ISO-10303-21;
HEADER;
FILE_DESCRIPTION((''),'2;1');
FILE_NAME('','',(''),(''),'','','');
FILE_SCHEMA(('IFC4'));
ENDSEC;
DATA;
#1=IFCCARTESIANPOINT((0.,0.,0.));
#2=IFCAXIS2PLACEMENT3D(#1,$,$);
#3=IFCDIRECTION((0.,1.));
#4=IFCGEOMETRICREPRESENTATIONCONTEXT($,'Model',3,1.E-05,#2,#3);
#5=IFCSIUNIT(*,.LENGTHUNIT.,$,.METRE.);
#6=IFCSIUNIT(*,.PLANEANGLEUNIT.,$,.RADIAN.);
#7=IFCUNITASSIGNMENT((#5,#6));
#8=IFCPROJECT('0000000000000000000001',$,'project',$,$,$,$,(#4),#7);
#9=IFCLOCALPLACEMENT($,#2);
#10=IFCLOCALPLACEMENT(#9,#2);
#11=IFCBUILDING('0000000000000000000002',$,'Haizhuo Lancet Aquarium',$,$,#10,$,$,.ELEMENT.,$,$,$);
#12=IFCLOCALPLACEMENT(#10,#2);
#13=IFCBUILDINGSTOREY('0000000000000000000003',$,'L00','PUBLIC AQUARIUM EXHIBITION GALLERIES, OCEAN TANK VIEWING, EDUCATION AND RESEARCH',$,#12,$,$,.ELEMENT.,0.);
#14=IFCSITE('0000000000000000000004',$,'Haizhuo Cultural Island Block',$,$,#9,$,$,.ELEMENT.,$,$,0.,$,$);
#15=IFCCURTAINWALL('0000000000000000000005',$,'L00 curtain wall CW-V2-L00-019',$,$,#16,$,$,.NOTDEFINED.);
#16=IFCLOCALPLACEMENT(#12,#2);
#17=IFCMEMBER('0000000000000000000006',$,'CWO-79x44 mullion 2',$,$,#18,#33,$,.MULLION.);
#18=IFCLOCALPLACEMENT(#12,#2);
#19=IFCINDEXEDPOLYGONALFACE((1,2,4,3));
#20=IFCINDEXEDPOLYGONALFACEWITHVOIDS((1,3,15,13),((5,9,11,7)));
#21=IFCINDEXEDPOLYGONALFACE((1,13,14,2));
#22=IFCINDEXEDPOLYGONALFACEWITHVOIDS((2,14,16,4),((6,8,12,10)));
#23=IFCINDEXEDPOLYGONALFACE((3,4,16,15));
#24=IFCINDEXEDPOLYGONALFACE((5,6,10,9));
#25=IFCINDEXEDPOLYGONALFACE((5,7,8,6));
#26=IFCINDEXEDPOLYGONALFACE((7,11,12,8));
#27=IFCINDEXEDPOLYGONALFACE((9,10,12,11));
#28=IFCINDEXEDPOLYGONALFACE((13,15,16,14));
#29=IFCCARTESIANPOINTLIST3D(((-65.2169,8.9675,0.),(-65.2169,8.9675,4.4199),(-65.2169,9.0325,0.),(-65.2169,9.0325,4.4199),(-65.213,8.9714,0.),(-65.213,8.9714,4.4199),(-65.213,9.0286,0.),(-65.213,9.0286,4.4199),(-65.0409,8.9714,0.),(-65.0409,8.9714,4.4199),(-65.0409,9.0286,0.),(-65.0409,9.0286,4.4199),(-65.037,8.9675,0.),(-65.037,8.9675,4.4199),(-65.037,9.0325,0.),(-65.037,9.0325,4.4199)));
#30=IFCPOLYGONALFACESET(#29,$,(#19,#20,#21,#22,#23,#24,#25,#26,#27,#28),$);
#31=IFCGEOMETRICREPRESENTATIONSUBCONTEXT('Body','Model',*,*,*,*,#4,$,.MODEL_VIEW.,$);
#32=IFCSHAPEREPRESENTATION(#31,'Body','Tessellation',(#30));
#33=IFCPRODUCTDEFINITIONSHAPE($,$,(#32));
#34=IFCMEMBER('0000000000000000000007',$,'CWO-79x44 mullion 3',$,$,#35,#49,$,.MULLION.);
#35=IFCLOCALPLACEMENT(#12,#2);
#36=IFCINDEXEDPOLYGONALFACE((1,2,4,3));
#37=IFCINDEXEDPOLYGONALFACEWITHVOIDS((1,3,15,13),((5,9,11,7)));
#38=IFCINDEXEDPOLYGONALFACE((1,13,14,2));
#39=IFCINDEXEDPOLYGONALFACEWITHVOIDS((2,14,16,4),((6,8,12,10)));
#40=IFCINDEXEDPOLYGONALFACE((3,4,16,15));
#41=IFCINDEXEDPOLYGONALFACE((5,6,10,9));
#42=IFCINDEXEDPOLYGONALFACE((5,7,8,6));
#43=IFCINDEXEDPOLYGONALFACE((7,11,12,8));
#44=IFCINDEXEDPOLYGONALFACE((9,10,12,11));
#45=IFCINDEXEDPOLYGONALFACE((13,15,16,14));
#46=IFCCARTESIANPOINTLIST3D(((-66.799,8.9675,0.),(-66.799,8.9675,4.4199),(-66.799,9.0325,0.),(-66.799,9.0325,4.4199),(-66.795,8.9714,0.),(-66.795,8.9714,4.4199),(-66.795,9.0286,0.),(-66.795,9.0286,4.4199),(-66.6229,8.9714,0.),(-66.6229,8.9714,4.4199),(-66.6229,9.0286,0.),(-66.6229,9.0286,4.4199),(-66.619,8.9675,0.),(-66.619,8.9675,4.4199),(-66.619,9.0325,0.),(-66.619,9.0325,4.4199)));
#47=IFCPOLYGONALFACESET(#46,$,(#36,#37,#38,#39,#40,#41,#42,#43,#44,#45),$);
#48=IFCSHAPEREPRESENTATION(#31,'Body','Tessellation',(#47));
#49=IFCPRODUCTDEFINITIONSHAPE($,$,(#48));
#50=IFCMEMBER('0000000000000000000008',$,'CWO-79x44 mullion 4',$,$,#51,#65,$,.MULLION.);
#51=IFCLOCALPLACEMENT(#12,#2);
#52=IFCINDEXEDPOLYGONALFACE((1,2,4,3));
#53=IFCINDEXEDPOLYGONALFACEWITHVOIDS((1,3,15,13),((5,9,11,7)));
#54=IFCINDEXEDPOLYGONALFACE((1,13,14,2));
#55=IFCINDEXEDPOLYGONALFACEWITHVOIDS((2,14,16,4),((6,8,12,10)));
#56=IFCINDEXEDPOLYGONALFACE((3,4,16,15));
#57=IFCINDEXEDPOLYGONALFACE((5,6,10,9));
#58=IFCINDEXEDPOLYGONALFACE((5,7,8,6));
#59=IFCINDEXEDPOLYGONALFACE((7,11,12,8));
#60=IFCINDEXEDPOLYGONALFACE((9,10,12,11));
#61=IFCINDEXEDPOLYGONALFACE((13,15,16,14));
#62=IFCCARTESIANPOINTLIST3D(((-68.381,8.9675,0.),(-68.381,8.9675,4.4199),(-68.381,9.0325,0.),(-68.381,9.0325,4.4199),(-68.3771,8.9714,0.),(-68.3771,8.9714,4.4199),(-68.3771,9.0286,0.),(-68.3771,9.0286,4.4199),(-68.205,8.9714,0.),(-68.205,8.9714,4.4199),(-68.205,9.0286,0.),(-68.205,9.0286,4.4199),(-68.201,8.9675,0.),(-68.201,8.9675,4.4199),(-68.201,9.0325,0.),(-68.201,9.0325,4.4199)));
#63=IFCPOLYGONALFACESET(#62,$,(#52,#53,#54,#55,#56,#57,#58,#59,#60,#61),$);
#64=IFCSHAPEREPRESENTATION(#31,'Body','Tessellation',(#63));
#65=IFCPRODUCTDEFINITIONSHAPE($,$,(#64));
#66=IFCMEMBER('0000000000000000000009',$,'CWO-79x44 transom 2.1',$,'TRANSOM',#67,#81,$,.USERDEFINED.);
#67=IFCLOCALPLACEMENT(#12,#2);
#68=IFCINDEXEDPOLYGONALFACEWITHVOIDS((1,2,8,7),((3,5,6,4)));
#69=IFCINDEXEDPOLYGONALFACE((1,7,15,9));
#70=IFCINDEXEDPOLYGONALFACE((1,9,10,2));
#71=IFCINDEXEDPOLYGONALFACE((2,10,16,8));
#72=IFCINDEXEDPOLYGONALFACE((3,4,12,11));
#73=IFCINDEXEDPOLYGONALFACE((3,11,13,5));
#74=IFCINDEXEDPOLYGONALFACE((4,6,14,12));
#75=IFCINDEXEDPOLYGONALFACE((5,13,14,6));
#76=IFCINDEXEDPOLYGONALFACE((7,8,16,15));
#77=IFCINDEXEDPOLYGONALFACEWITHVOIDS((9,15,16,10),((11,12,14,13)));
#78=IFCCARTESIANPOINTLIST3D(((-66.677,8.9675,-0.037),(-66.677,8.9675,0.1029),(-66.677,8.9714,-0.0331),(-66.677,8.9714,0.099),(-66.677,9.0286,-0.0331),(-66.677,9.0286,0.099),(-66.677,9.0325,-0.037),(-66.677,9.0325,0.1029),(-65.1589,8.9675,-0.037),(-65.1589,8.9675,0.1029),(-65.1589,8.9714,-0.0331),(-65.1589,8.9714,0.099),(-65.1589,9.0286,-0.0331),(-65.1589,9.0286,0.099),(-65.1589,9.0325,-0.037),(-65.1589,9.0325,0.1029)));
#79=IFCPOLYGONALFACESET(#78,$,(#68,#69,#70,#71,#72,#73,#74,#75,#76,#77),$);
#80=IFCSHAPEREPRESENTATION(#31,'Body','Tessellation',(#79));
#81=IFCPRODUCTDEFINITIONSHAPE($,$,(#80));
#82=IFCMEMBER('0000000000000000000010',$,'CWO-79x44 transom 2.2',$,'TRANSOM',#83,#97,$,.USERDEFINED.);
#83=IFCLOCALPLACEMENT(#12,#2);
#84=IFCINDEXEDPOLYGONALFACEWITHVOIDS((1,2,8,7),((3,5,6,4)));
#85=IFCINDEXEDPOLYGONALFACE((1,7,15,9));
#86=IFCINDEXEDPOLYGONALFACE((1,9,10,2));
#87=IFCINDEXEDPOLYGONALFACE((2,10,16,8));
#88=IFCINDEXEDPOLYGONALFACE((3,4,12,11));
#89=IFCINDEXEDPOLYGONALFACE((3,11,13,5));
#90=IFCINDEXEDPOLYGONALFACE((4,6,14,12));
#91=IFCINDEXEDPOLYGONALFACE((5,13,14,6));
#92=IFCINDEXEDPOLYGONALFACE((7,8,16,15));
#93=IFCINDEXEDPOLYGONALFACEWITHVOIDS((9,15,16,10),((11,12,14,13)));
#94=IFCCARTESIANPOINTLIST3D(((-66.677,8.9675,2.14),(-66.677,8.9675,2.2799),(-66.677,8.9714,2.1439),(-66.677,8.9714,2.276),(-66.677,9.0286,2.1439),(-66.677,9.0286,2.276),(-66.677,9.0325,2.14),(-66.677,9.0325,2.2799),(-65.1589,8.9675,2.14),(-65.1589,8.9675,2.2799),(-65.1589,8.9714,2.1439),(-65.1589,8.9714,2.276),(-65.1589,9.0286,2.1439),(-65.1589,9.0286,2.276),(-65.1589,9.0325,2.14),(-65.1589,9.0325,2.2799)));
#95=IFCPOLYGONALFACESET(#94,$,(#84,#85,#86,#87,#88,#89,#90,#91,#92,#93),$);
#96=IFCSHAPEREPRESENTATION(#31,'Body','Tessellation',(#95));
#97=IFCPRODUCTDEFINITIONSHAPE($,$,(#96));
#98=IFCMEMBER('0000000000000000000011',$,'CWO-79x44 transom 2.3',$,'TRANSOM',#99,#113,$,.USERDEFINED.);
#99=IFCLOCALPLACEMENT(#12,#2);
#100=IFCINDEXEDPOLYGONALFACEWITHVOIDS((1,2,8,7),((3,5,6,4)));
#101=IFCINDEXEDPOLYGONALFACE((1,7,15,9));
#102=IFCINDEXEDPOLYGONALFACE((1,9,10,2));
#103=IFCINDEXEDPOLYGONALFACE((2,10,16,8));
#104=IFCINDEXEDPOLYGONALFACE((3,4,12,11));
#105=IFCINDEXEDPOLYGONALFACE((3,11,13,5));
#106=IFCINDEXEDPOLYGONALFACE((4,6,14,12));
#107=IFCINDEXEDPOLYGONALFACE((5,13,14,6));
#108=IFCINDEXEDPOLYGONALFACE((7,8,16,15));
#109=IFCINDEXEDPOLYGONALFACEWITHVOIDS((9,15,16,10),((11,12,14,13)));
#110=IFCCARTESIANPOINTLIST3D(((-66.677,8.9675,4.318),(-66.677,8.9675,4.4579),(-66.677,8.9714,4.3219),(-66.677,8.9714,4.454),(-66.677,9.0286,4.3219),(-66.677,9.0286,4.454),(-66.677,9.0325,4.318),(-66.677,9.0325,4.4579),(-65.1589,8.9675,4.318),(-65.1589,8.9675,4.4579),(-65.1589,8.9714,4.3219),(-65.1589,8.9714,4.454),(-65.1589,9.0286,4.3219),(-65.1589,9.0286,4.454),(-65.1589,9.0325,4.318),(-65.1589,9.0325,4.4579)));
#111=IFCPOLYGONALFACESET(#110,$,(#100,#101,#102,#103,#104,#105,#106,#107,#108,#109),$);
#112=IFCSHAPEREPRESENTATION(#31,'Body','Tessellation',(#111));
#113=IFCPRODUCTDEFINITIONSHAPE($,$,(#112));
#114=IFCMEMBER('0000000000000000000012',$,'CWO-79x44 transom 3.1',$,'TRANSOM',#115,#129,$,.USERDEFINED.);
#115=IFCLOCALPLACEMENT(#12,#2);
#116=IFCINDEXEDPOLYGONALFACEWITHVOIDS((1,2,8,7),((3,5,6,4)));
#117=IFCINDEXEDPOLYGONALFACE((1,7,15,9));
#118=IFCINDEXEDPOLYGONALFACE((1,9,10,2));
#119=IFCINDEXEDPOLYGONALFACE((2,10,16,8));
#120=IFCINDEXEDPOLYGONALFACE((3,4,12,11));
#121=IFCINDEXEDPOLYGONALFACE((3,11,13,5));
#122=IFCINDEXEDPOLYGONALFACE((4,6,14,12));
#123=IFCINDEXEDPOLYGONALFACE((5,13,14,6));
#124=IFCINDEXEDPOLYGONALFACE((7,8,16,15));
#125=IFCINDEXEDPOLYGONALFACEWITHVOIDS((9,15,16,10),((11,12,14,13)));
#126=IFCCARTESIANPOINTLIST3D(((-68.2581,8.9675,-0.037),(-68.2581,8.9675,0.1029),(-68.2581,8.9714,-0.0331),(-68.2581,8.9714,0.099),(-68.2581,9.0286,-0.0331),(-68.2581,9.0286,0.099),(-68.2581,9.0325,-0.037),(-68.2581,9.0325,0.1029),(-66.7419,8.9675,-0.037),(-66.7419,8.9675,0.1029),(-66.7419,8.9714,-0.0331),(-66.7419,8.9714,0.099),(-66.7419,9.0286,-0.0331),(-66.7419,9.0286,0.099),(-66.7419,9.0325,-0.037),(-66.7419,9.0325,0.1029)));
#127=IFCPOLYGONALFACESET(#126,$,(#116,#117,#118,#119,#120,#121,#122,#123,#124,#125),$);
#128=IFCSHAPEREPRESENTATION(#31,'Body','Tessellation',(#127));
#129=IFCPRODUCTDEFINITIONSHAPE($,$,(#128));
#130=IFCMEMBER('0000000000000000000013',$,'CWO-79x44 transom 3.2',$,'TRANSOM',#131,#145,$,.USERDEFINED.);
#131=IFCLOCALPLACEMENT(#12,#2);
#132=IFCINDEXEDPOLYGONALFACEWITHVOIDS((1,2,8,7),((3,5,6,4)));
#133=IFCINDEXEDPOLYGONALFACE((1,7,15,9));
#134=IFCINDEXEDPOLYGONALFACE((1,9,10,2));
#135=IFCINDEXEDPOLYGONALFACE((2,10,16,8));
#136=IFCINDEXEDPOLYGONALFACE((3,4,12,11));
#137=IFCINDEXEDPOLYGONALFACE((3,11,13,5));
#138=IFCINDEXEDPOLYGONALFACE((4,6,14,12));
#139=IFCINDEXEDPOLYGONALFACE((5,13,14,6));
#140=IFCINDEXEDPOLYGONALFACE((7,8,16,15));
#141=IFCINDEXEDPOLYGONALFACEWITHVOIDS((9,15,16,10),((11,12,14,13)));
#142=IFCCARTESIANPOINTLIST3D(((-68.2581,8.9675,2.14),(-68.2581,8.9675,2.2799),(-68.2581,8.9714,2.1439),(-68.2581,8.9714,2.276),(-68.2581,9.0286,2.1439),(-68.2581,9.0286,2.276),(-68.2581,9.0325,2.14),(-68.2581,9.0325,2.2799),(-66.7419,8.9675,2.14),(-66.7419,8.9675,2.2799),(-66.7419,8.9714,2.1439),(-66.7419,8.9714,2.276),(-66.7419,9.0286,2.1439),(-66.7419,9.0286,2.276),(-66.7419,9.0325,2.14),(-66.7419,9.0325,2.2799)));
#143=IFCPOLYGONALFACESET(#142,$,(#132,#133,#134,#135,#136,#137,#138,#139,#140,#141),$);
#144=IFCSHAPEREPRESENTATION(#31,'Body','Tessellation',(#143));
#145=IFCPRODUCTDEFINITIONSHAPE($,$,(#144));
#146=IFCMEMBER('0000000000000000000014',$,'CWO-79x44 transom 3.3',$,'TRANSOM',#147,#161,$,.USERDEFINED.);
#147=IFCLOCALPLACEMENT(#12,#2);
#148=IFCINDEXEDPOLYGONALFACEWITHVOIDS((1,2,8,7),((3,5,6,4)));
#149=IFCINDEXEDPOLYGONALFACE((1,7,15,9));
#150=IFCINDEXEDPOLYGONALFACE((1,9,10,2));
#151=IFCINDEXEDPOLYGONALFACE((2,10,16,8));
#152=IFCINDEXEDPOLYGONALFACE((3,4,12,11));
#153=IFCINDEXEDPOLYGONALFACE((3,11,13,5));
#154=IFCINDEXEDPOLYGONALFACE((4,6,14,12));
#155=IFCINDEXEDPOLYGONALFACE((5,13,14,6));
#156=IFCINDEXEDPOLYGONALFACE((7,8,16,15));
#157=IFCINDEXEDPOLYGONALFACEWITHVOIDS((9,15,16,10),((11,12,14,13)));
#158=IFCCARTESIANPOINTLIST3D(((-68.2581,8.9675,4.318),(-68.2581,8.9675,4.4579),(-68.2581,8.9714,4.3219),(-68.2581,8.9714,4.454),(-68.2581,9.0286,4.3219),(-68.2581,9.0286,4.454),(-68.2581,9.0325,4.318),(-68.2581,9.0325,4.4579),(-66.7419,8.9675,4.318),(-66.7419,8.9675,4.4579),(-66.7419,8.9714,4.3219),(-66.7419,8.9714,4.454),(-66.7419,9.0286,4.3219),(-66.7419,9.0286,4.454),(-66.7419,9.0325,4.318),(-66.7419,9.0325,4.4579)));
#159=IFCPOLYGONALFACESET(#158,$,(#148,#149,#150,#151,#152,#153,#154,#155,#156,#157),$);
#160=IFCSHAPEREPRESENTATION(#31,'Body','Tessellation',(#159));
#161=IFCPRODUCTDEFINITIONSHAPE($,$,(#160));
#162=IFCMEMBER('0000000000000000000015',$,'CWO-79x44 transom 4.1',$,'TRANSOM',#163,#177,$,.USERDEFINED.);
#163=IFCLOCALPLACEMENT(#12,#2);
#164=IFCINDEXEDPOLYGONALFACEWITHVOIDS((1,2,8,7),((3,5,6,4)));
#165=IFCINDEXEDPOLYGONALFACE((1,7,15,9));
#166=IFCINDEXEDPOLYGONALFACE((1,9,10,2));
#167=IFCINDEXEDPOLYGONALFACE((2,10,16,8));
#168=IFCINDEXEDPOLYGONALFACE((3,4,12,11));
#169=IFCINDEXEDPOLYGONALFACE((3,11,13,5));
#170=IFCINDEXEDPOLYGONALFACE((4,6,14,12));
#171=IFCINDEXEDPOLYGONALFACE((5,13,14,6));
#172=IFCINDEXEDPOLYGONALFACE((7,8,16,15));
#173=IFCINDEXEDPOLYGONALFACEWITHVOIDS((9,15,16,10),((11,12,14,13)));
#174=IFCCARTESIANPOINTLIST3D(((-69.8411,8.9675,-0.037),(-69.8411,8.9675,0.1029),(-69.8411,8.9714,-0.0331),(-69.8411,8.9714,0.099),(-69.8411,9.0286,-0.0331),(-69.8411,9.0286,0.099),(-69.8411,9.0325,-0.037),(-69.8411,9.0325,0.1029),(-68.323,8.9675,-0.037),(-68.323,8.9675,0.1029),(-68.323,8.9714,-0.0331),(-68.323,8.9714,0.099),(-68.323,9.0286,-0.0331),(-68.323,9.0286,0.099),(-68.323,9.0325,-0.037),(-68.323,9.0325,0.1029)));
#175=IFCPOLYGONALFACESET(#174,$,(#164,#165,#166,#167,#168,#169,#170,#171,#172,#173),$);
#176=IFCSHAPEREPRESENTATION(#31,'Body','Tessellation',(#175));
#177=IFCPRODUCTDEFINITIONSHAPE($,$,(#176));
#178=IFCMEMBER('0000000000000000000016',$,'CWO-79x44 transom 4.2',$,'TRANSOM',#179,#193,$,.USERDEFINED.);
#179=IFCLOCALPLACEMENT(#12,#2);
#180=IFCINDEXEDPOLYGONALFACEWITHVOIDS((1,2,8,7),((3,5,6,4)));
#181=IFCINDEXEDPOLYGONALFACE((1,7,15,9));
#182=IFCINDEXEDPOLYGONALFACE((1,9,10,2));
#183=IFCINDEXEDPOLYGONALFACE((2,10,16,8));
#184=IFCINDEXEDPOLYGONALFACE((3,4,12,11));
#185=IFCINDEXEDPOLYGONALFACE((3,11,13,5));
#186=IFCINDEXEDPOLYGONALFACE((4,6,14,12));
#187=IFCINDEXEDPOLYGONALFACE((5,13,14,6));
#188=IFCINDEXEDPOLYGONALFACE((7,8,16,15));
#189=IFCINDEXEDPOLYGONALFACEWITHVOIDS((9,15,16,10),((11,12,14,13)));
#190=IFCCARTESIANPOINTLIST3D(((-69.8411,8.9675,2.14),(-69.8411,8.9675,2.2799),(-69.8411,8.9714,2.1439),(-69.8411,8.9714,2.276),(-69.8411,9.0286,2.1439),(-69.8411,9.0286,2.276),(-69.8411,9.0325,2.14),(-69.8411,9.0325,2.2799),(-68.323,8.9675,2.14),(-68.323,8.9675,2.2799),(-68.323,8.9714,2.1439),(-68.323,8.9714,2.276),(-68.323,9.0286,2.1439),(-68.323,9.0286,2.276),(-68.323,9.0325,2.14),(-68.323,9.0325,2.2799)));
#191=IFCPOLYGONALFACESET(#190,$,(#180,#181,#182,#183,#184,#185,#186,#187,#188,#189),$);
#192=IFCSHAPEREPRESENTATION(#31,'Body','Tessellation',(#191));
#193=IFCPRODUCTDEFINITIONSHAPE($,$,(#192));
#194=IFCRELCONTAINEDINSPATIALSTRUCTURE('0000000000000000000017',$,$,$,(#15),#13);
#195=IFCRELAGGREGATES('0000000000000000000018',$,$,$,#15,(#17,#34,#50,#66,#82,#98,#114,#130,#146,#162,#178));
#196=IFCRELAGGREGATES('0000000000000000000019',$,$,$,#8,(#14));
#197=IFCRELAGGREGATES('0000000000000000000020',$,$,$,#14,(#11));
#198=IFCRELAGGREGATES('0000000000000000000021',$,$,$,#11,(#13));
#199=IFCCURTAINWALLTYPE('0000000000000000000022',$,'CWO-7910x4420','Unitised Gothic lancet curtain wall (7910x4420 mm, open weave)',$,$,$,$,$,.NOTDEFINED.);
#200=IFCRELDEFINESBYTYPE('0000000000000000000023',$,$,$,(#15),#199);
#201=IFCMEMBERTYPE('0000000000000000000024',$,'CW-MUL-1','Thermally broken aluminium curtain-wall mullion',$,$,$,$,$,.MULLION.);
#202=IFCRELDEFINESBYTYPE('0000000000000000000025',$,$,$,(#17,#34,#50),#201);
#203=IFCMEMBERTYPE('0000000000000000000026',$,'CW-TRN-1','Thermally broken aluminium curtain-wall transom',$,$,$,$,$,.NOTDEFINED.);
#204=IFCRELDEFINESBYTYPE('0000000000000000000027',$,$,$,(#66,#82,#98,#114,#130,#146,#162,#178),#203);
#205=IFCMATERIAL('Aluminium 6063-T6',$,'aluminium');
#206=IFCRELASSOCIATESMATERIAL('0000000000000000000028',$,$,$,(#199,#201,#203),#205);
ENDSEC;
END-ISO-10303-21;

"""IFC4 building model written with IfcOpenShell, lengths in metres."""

from ifc_helpers import new_model, si_unit, direction, frame, origin, origin_2d, place, context, subcontext, project, spatial, hollow_rectangle, extrude, material, material_profile, profile_set, type_object, element, aggregate, save


model = new_model("IFC4")

# Units and contexts
model_context = context("Model", 3, precision=1e-05, world=origin(), true_north=direction((0.0, 1.0)))
body_context = subcontext(model_context, "Body", "Model", "MODEL_VIEW")
ifc_project = project(units=[si_unit("LENGTHUNIT", "METRE"), si_unit("PLANEANGLEUNIT", "RADIAN")], contexts=[model_context])

# Site, building, storey
site_placement = place(None, origin())
site = spatial("IfcSite", under=ifc_project, at=site_placement, Name="Haizhuo Cultural Island Block", CompositionType="ELEMENT", RefElevation=0.0)
building_placement = place(site_placement, origin())
building = spatial("IfcBuilding", under=site, at=building_placement, Name="Haizhuo Lancet Aquarium", CompositionType="ELEMENT")
storey_placement = place(building_placement, origin())
storey = spatial("IfcBuildingStorey", under=building, at=storey_placement, Name="L00", Description="PUBLIC AQUARIUM EXHIBITION GALLERIES, OCEAN TANK VIEWING, EDUCATION AND RESEARCH", CompositionType="ELEMENT", Elevation=0.0)

# Curtain wall, members
ifc_material_1 = material(Name="Aluminium 6063-T6", Category="aluminium")
curtain_wall_type = type_object("IfcCurtainWallType", Name="CWO-7910x4420", Description="Unitised Gothic lancet curtain wall (7910x4420 mm, open weave)", PredefinedType="NOTDEFINED", material=ifc_material_1)
curtain_wall_placement = place(storey_placement, origin())
curtain_wall = element("IfcCurtainWall", 1, at=curtain_wall_placement, inside=storey, type_object=curtain_wall_type, Name="L00 curtain wall CW-V2-L00-019", PredefinedType="NOTDEFINED")
ifc_material_profile_1 = material_profile(ifc_material_1, hollow_rectangle(XDim=0.0649, YDim=0.1799, WallThickness=0.0039, at=origin_2d()), Name="ALU-M 65x180x4")
ifc_profile_set_1 = profile_set([ifc_material_profile_1], Name="Aluminium 6063-T6")
member_type_1 = type_object("IfcMemberType", Name="CW-MUL-1", Description="Thermally broken aluminium curtain-wall mullion", PredefinedType="MULLION", material=ifc_profile_set_1)
member_1_placement = place(storey_placement, frame((-65.127, 9.0, 0.0), z_axis=(0.0, 0.0, 1.0), x_axis=(0.0, -1.0, 0.0)))
member_1 = element("IfcMember", 2, at=member_1_placement, type_object=member_type_1, Name="CWO-79x44 mullion 2", PredefinedType="MULLION", context=body_context, shape_type="SweptSolid", body=[
    extrude(hollow_rectangle(XDim=0.0649, YDim=0.1799, WallThickness=0.0039, at=origin_2d()), origin(), (0.0, 0.0, 1.0), 4.4199),
])
member_2_placement = place(storey_placement, frame((-66.709, 9.0, 0.0), z_axis=(0.0, 0.0, 1.0), x_axis=(0.0, -1.0, 0.0)))
member_2 = element("IfcMember", 3, at=member_2_placement, type_object=member_type_1, Name="CWO-79x44 mullion 3", PredefinedType="MULLION", context=body_context, shape_type="SweptSolid", body=[
    extrude(hollow_rectangle(XDim=0.0649, YDim=0.1799, WallThickness=0.0039, at=origin_2d()), origin(), (0.0, 0.0, 1.0), 4.4199),
])
member_3_placement = place(storey_placement, frame((-68.291, 9.0, 0.0), z_axis=(0.0, 0.0, 1.0), x_axis=(0.0, -1.0, 0.0)))
member_3 = element("IfcMember", 4, at=member_3_placement, type_object=member_type_1, Name="CWO-79x44 mullion 4", PredefinedType="MULLION", context=body_context, shape_type="SweptSolid", body=[
    extrude(hollow_rectangle(XDim=0.0649, YDim=0.1799, WallThickness=0.0039, at=origin_2d()), origin(), (0.0, 0.0, 1.0), 4.4199),
])
ifc_material_profile_2 = material_profile(ifc_material_1, hollow_rectangle(XDim=0.0649, YDim=0.1399, WallThickness=0.0039, at=origin_2d()), Name="ALU-T 65x140x4")
ifc_profile_set_2 = profile_set([ifc_material_profile_2], Name="Aluminium 6063-T6")
member_type_2 = type_object("IfcMemberType", Name="CW-TRN-1", Description="Thermally broken aluminium curtain-wall transom", PredefinedType="NOTDEFINED", material=ifc_profile_set_2)
member_4_placement = place(storey_placement, frame((-65.1589, 9.0, 0.033), z_axis=(-1.0, 0.0, 0.0), x_axis=(0.0, -1.0, 0.0)))
member_4 = element("IfcMember", 5, at=member_4_placement, type_object=member_type_2, Name="CWO-79x44 transom 2.1", ObjectType="TRANSOM", PredefinedType="USERDEFINED", context=body_context, shape_type="SweptSolid", body=[
    extrude(hollow_rectangle(XDim=0.0649, YDim=0.1399, WallThickness=0.0039, at=origin_2d()), origin(), (0.0, 0.0, 1.0), 1.5181),
])
member_5_placement = place(storey_placement, frame((-65.1589, 9.0, 2.21), z_axis=(-1.0, 0.0, 0.0), x_axis=(0.0, -1.0, 0.0)))
member_5 = element("IfcMember", 6, at=member_5_placement, type_object=member_type_2, Name="CWO-79x44 transom 2.2", ObjectType="TRANSOM", PredefinedType="USERDEFINED", context=body_context, shape_type="SweptSolid", body=[
    extrude(hollow_rectangle(XDim=0.0649, YDim=0.1399, WallThickness=0.0039, at=origin_2d()), origin(), (0.0, 0.0, 1.0), 1.5181),
])
member_6_placement = place(storey_placement, frame((-65.1589, 9.0, 4.3879), z_axis=(-1.0, 0.0, 0.0), x_axis=(0.0, -1.0, 0.0)))
member_6 = element("IfcMember", 7, at=member_6_placement, type_object=member_type_2, Name="CWO-79x44 transom 2.3", ObjectType="TRANSOM", PredefinedType="USERDEFINED", context=body_context, shape_type="SweptSolid", body=[
    extrude(hollow_rectangle(XDim=0.0649, YDim=0.1399, WallThickness=0.0039, at=origin_2d()), origin(), (0.0, 0.0, 1.0), 1.5181),
])
member_7_placement = place(storey_placement, frame((-66.7419, 9.0, 0.033), z_axis=(-1.0, 0.0, 0.0), x_axis=(0.0, -1.0, 0.0)))
member_7 = element("IfcMember", 8, at=member_7_placement, type_object=member_type_2, Name="CWO-79x44 transom 3.1", ObjectType="TRANSOM", PredefinedType="USERDEFINED", context=body_context, shape_type="SweptSolid", body=[
    extrude(hollow_rectangle(XDim=0.0649, YDim=0.1399, WallThickness=0.0039, at=origin_2d()), origin(), (0.0, 0.0, 1.0), 1.5161),
])
member_8_placement = place(storey_placement, frame((-66.7419, 9.0, 2.21), z_axis=(-1.0, 0.0, 0.0), x_axis=(0.0, -1.0, 0.0)))
member_8 = element("IfcMember", 9, at=member_8_placement, type_object=member_type_2, Name="CWO-79x44 transom 3.2", ObjectType="TRANSOM", PredefinedType="USERDEFINED", context=body_context, shape_type="SweptSolid", body=[
    extrude(hollow_rectangle(XDim=0.0649, YDim=0.1399, WallThickness=0.0039, at=origin_2d()), origin(), (0.0, 0.0, 1.0), 1.5161),
])
member_9_placement = place(storey_placement, frame((-66.7419, 9.0, 4.3879), z_axis=(-1.0, 0.0, 0.0), x_axis=(0.0, -1.0, 0.0)))
member_9 = element("IfcMember", 10, at=member_9_placement, type_object=member_type_2, Name="CWO-79x44 transom 3.3", ObjectType="TRANSOM", PredefinedType="USERDEFINED", context=body_context, shape_type="SweptSolid", body=[
    extrude(hollow_rectangle(XDim=0.0649, YDim=0.1399, WallThickness=0.0039, at=origin_2d()), origin(), (0.0, 0.0, 1.0), 1.5161),
])
member_10_placement = place(storey_placement, frame((-68.323, 9.0, 0.033), z_axis=(-1.0, 0.0, 0.0), x_axis=(0.0, -1.0, 0.0)))
member_10 = element("IfcMember", 11, at=member_10_placement, type_object=member_type_2, Name="CWO-79x44 transom 4.1", ObjectType="TRANSOM", PredefinedType="USERDEFINED", context=body_context, shape_type="SweptSolid", body=[
    extrude(hollow_rectangle(XDim=0.0649, YDim=0.1399, WallThickness=0.0039, at=origin_2d()), origin(), (0.0, 0.0, 1.0), 1.5181),
])
member_11_placement = place(storey_placement, frame((-68.323, 9.0, 2.21), z_axis=(-1.0, 0.0, 0.0), x_axis=(0.0, -1.0, 0.0)))
member_11 = element("IfcMember", 12, at=member_11_placement, type_object=member_type_2, Name="CWO-79x44 transom 4.2", ObjectType="TRANSOM", PredefinedType="USERDEFINED", context=body_context, shape_type="SweptSolid", body=[
    extrude(hollow_rectangle(XDim=0.0649, YDim=0.1399, WallThickness=0.0039, at=origin_2d()), origin(), (0.0, 0.0, 1.0), 1.5181),
])

aggregate(curtain_wall, [member_1, member_2, member_3, member_4, member_5, member_6, member_7, member_8, member_9, member_10, member_11])

save(model, "model.ifc")
